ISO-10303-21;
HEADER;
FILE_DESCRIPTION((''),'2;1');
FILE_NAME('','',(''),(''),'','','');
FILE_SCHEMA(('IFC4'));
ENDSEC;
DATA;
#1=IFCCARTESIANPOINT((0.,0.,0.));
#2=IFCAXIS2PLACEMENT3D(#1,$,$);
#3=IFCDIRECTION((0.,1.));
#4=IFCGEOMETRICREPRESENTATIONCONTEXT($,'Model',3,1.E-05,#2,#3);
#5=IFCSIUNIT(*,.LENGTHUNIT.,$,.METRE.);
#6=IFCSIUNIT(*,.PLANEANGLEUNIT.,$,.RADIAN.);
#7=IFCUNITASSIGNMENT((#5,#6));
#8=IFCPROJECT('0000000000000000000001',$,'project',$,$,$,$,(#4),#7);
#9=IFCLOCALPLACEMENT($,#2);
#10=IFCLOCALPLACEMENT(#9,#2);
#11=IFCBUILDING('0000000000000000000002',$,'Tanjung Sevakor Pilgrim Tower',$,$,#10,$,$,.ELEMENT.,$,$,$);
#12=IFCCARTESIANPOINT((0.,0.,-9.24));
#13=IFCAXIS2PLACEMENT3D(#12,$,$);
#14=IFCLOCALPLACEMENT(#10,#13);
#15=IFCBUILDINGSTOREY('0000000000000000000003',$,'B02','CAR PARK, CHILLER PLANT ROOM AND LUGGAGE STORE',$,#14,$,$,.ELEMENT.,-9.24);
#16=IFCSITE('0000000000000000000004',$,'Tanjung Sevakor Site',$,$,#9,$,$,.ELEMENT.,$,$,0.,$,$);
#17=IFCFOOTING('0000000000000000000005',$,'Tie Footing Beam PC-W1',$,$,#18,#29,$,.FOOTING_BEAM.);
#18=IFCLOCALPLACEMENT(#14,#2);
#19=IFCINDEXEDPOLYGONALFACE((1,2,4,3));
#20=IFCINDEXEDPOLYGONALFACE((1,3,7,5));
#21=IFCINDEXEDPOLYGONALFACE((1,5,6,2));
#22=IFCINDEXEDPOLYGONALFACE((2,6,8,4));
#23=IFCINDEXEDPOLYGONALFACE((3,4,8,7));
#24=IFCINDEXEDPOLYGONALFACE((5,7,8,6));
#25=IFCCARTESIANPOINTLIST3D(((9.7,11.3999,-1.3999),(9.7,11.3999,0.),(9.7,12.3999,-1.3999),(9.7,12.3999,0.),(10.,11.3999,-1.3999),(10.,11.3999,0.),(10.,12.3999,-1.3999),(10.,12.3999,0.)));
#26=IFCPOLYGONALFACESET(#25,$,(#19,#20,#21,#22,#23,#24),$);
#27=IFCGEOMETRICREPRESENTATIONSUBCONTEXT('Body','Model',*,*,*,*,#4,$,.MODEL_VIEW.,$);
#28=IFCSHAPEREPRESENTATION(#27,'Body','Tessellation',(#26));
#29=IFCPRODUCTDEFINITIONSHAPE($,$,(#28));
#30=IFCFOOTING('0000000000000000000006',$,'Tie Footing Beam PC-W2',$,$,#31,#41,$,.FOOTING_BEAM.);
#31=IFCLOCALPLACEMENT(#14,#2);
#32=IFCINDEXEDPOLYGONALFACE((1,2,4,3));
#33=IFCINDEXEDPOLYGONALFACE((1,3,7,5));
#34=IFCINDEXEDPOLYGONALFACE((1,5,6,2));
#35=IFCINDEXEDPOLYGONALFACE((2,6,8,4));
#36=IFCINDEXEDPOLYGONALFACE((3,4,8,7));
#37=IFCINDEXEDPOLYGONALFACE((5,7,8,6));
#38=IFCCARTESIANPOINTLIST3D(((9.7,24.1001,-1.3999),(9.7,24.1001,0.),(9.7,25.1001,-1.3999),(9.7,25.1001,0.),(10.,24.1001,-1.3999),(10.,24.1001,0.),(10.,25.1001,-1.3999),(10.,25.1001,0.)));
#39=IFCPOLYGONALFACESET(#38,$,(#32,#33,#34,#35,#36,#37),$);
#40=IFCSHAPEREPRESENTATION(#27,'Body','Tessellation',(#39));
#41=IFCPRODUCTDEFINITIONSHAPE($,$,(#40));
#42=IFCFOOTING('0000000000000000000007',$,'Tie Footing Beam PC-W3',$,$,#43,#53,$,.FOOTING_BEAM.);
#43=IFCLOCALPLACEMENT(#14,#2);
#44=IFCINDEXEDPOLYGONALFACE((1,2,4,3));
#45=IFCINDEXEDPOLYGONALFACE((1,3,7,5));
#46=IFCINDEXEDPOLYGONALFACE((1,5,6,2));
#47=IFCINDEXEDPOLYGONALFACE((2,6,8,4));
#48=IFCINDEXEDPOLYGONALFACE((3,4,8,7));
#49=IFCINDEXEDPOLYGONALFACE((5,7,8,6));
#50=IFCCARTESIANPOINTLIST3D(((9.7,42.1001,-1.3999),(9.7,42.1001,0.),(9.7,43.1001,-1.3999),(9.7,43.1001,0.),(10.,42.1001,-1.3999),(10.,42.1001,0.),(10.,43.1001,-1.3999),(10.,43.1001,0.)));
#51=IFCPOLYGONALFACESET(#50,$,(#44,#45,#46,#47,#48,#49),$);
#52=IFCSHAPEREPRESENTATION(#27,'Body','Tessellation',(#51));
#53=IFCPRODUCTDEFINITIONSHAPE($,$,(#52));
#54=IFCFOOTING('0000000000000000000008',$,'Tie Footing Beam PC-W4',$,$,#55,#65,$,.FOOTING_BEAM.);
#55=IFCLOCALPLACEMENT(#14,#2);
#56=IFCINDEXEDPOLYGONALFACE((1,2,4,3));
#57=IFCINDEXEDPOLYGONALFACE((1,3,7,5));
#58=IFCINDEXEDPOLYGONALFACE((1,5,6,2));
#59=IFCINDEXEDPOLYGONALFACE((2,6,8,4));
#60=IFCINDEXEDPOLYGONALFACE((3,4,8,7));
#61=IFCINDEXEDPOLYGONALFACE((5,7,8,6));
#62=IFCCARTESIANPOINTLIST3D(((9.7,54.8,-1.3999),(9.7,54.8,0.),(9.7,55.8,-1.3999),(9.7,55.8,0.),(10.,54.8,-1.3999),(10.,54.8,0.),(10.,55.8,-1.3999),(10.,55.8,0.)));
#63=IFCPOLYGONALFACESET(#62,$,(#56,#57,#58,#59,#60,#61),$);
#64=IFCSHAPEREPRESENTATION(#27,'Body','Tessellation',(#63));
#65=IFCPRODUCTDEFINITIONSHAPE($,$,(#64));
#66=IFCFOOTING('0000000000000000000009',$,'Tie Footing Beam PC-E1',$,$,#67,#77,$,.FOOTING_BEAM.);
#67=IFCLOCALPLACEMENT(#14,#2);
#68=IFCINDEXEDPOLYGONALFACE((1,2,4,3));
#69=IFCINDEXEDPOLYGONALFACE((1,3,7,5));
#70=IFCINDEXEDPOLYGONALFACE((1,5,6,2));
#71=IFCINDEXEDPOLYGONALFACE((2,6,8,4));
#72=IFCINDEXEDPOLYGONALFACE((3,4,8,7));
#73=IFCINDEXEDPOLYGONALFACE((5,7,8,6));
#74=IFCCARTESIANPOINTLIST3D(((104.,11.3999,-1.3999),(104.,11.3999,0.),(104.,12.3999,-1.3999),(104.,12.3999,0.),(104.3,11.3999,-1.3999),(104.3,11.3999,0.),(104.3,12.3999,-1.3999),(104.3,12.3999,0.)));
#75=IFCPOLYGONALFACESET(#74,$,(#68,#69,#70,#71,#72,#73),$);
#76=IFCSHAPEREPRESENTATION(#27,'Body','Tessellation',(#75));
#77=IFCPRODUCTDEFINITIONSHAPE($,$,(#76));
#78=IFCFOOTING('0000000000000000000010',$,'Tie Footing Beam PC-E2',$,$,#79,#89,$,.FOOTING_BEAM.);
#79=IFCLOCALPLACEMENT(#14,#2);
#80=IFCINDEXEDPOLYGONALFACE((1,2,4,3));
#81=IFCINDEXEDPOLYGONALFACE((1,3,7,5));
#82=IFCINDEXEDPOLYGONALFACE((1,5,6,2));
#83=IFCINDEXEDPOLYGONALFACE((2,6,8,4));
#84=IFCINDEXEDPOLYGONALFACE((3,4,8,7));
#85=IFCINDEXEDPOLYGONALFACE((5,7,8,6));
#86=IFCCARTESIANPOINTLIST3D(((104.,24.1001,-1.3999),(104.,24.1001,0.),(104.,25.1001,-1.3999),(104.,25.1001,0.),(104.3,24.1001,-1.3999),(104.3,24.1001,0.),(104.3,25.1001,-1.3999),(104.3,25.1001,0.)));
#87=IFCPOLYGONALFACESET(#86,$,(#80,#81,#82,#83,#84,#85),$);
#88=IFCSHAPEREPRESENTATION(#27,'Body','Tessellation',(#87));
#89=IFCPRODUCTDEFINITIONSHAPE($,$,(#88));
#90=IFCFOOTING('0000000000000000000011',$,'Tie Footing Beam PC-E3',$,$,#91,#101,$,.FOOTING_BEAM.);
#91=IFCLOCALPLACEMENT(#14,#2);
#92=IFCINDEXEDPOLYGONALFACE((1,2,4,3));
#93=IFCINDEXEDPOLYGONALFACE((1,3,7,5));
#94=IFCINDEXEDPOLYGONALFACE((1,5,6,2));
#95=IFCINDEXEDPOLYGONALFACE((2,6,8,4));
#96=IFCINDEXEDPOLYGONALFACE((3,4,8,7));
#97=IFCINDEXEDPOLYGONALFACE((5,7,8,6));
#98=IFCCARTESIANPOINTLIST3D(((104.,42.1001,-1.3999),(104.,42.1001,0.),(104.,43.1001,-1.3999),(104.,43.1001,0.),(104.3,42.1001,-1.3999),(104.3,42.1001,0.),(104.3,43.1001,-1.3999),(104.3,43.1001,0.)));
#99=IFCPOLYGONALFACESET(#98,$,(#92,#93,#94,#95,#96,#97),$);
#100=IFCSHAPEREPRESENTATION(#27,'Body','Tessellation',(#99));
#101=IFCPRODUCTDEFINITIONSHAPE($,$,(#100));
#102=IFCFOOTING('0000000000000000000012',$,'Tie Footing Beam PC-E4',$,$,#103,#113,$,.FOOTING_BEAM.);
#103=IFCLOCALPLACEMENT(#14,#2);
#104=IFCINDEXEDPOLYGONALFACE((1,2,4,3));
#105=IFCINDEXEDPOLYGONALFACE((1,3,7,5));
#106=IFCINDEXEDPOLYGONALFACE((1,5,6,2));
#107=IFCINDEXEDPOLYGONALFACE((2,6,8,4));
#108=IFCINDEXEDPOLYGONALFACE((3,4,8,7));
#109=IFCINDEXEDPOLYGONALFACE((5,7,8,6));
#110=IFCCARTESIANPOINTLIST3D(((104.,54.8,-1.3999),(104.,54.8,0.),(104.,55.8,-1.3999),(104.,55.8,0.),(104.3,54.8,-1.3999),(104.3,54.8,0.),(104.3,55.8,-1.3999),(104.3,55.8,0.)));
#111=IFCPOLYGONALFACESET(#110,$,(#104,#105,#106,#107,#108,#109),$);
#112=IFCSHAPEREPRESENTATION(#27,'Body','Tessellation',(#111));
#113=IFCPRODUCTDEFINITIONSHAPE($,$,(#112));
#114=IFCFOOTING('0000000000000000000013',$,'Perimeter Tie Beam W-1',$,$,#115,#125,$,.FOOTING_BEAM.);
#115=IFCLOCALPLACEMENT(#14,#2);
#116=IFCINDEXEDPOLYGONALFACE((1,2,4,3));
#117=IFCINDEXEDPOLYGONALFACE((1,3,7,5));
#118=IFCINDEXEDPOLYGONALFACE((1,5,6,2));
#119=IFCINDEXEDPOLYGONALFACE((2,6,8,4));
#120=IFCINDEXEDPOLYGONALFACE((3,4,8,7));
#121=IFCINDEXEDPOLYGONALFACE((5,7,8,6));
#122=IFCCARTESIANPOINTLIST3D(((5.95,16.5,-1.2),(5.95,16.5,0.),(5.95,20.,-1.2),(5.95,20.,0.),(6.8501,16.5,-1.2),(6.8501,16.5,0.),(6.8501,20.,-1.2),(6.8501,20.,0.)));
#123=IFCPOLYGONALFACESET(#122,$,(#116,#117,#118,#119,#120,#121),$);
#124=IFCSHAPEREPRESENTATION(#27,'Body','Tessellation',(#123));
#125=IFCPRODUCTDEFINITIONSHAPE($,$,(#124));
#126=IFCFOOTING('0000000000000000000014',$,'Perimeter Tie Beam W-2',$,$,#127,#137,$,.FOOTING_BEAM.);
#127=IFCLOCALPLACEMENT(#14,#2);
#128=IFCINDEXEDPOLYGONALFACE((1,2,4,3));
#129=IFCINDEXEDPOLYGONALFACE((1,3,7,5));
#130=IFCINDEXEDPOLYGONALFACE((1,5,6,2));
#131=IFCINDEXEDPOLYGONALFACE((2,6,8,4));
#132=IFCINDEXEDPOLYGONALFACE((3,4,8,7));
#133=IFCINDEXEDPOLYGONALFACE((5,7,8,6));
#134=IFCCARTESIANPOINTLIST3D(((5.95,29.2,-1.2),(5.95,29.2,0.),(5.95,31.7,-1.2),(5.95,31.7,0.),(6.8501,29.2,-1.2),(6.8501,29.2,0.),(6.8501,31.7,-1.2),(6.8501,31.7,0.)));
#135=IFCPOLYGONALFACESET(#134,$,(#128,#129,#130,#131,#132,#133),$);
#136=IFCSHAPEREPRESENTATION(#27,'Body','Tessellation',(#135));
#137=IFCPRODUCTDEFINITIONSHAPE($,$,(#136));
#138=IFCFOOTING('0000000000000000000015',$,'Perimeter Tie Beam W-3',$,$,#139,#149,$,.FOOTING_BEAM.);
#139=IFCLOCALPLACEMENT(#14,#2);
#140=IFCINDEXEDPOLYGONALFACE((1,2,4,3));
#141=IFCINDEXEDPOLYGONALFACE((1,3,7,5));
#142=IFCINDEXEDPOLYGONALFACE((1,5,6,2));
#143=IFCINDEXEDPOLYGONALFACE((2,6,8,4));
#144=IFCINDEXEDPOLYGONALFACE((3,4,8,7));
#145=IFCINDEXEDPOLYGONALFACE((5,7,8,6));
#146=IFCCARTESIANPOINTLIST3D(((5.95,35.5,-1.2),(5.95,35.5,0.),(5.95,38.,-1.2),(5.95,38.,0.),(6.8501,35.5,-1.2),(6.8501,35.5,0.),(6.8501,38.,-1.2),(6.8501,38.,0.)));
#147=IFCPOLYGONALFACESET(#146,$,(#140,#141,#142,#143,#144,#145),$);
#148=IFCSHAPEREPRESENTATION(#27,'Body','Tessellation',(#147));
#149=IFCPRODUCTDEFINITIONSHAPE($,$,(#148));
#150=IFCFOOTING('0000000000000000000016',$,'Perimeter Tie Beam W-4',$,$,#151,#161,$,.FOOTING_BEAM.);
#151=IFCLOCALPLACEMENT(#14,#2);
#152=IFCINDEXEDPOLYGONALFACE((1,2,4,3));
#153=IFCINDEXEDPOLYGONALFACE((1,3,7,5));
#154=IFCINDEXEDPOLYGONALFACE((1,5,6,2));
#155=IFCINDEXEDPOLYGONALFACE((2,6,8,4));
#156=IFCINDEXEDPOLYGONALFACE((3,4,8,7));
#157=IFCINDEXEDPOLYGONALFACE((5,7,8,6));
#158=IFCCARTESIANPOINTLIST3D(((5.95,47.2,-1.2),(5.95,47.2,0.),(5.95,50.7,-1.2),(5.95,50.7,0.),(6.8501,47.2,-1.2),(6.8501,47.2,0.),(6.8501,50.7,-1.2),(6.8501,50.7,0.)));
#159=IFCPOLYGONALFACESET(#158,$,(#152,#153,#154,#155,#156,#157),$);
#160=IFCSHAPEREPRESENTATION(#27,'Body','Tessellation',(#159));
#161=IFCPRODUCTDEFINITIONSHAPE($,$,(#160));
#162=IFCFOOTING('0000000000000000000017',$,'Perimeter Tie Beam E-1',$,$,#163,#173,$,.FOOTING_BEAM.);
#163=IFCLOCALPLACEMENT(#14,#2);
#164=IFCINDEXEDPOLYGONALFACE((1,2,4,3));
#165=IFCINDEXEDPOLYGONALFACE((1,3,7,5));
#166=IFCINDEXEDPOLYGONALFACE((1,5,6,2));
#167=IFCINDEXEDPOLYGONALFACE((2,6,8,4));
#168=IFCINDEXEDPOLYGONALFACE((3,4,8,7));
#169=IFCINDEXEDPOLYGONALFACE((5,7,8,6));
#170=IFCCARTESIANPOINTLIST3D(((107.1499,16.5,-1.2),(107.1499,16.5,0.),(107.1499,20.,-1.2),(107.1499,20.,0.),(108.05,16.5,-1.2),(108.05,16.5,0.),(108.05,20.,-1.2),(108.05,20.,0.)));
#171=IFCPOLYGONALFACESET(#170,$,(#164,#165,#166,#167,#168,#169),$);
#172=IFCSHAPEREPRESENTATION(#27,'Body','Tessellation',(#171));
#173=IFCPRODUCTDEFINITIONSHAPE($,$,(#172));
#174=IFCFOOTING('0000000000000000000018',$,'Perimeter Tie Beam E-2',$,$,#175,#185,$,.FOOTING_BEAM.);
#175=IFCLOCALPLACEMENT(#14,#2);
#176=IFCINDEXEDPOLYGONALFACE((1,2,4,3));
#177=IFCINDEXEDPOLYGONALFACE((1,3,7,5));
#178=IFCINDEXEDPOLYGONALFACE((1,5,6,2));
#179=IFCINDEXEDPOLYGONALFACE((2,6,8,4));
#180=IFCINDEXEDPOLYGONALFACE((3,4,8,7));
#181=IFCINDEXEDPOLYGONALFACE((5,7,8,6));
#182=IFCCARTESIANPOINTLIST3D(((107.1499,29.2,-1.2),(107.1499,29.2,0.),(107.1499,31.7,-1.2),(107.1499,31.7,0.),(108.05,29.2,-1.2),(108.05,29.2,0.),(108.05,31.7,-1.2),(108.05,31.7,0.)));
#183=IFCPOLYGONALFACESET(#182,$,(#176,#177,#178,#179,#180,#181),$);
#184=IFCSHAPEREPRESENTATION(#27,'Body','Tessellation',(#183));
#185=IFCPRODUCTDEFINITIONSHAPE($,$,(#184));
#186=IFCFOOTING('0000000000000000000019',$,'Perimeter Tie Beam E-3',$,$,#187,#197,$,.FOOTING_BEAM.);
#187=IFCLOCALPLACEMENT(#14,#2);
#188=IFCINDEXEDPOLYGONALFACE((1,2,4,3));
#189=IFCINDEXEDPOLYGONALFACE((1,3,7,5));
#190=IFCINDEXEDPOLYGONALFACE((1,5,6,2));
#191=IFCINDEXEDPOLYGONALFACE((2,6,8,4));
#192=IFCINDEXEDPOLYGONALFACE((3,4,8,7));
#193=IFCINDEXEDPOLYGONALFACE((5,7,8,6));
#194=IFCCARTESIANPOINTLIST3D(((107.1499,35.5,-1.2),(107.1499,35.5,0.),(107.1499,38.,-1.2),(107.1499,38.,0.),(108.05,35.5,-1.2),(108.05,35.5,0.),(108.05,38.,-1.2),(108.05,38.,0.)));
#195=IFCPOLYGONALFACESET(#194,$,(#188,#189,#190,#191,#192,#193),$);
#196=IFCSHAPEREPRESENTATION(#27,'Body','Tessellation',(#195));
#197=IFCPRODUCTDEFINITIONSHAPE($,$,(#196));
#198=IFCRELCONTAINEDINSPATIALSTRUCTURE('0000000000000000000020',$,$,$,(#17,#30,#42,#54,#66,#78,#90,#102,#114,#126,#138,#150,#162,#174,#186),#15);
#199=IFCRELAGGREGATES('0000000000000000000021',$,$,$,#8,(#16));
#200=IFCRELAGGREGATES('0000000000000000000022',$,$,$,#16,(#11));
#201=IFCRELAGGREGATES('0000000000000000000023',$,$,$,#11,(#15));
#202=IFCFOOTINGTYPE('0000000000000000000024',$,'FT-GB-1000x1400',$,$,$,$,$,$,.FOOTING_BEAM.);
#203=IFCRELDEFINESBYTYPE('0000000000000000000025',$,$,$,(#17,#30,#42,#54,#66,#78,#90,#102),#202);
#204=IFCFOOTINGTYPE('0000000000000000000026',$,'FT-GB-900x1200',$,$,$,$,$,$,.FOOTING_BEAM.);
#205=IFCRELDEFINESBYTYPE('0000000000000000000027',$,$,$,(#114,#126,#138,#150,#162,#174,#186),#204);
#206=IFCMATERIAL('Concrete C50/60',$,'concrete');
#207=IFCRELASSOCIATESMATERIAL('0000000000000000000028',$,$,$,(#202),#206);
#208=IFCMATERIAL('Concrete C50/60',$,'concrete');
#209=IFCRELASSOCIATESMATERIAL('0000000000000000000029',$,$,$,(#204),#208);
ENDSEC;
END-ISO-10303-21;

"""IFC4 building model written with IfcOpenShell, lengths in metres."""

from ifc_helpers import new_model, si_unit, direction, frame, origin, place, context, subcontext, project, spatial, polyline, outline, extrude, material, type_object, element, save


model = new_model("IFC4")

# Units and contexts
model_context = context("Model", 3, precision=1e-05, world=origin(), true_north=direction((0.0, 1.0)))
body_context = subcontext(model_context, "Body", "Model", "MODEL_VIEW")
ifc_project = project(units=[si_unit("LENGTHUNIT", "METRE"), si_unit("PLANEANGLEUNIT", "RADIAN")], contexts=[model_context])

# Site, building, storey
site_placement = place(None, origin())
site = spatial("IfcSite", under=ifc_project, at=site_placement, Name="Tanjung Sevakor Site", CompositionType="ELEMENT", RefElevation=0.0)
building_placement = place(site_placement, origin())
building = spatial("IfcBuilding", under=site, at=building_placement, Name="Tanjung Sevakor Pilgrim Tower", CompositionType="ELEMENT")
storey_placement = place(building_placement, frame((0.0, 0.0, -9.24)))
storey = spatial("IfcBuildingStorey", under=building, at=storey_placement, Name="B02", Description="CAR PARK, CHILLER PLANT ROOM AND LUGGAGE STORE", CompositionType="ELEMENT", Elevation=-9.24)

# Footings
ifc_material_1 = material(Name="Concrete C50/60", Category="concrete")
footing_type_1 = type_object("IfcFootingType", Name="FT-GB-1000x1400", PredefinedType="FOOTING_BEAM", material=ifc_material_1)
footing_1_placement = place(storey_placement, frame((0.0, 0.0, -1.3999)))
element("IfcFooting", 1, at=footing_1_placement, inside=storey, type_object=footing_type_1, Name="Tie Footing Beam PC-W1", PredefinedType="FOOTING_BEAM", context=body_context, shape_type="SweptSolid", body=[
    extrude(outline(polyline([(9.7, 11.3999), (10.0, 11.3999), (10.0, 12.3999), (9.7, 12.3999), (9.7, 11.3999)])), origin(), (0.0, 0.0, 1.0), 1.3999),
])
footing_2_placement = place(storey_placement, frame((0.0, 0.0, -1.3999)))
element("IfcFooting", 2, at=footing_2_placement, inside=storey, type_object=footing_type_1, Name="Tie Footing Beam PC-W2", PredefinedType="FOOTING_BEAM", context=body_context, shape_type="SweptSolid", body=[
    extrude(outline(polyline([(9.7, 24.1001), (10.0, 24.1001), (10.0, 25.1001), (9.7, 25.1001), (9.7, 24.1001)])), origin(), (0.0, 0.0, 1.0), 1.3999),
])
footing_3_placement = place(storey_placement, frame((0.0, 0.0, -1.3999)))
element("IfcFooting", 3, at=footing_3_placement, inside=storey, type_object=footing_type_1, Name="Tie Footing Beam PC-W3", PredefinedType="FOOTING_BEAM", context=body_context, shape_type="SweptSolid", body=[
    extrude(outline(polyline([(9.7, 42.1001), (10.0, 42.1001), (10.0, 43.1001), (9.7, 43.1001), (9.7, 42.1001)])), origin(), (0.0, 0.0, 1.0), 1.3999),
])
footing_4_placement = place(storey_placement, frame((0.0, 0.0, -1.3999)))
element("IfcFooting", 4, at=footing_4_placement, inside=storey, type_object=footing_type_1, Name="Tie Footing Beam PC-W4", PredefinedType="FOOTING_BEAM", context=body_context, shape_type="SweptSolid", body=[
    extrude(outline(polyline([(9.7, 54.8), (10.0, 54.8), (10.0, 55.8), (9.7, 55.8), (9.7, 54.8)])), origin(), (0.0, 0.0, 1.0), 1.3999),
])
footing_5_placement = place(storey_placement, frame((0.0, 0.0, -1.3999)))
element("IfcFooting", 5, at=footing_5_placement, inside=storey, type_object=footing_type_1, Name="Tie Footing Beam PC-E1", PredefinedType="FOOTING_BEAM", context=body_context, shape_type="SweptSolid", body=[
    extrude(outline(polyline([(104.0, 11.3999), (104.3, 11.3999), (104.3, 12.3999), (104.0, 12.3999), (104.0, 11.3999)])), origin(), (0.0, 0.0, 1.0), 1.3999),
])
footing_6_placement = place(storey_placement, frame((0.0, 0.0, -1.3999)))
element("IfcFooting", 6, at=footing_6_placement, inside=storey, type_object=footing_type_1, Name="Tie Footing Beam PC-E2", PredefinedType="FOOTING_BEAM", context=body_context, shape_type="SweptSolid", body=[
    extrude(outline(polyline([(104.0, 24.1001), (104.3, 24.1001), (104.3, 25.1001), (104.0, 25.1001), (104.0, 24.1001)])), origin(), (0.0, 0.0, 1.0), 1.3999),
])
footing_7_placement = place(storey_placement, frame((0.0, 0.0, -1.3999)))
element("IfcFooting", 7, at=footing_7_placement, inside=storey, type_object=footing_type_1, Name="Tie Footing Beam PC-E3", PredefinedType="FOOTING_BEAM", context=body_context, shape_type="SweptSolid", body=[
    extrude(outline(polyline([(104.0, 42.1001), (104.3, 42.1001), (104.3, 43.1001), (104.0, 43.1001), (104.0, 42.1001)])), origin(), (0.0, 0.0, 1.0), 1.3999),
])
footing_8_placement = place(storey_placement, frame((0.0, 0.0, -1.3999)))
element("IfcFooting", 8, at=footing_8_placement, inside=storey, type_object=footing_type_1, Name="Tie Footing Beam PC-E4", PredefinedType="FOOTING_BEAM", context=body_context, shape_type="SweptSolid", body=[
    extrude(outline(polyline([(104.0, 54.8), (104.3, 54.8), (104.3, 55.8), (104.0, 55.8), (104.0, 54.8)])), origin(), (0.0, 0.0, 1.0), 1.3999),
])
ifc_material_2 = material(Name="Concrete C50/60", Category="concrete")
footing_type_2 = type_object("IfcFootingType", Name="FT-GB-900x1200", PredefinedType="FOOTING_BEAM", material=ifc_material_2)
footing_9_placement = place(storey_placement, frame((0.0, 0.0, -1.2)))
element("IfcFooting", 9, at=footing_9_placement, inside=storey, type_object=footing_type_2, Name="Perimeter Tie Beam W-1", PredefinedType="FOOTING_BEAM", context=body_context, shape_type="SweptSolid", body=[
    extrude(outline(polyline([(5.95, 16.5), (6.8501, 16.5), (6.8501, 20.0), (5.95, 20.0), (5.95, 16.5)])), origin(), (0.0, 0.0, 1.0), 1.2),
])
footing_10_placement = place(storey_placement, frame((0.0, 0.0, -1.2)))
element("IfcFooting", 10, at=footing_10_placement, inside=storey, type_object=footing_type_2, Name="Perimeter Tie Beam W-2", PredefinedType="FOOTING_BEAM", context=body_context, shape_type="SweptSolid", body=[
    extrude(outline(polyline([(5.95, 29.2), (6.8501, 29.2), (6.8501, 31.7), (5.95, 31.7), (5.95, 29.2)])), origin(), (0.0, 0.0, 1.0), 1.2),
])
footing_11_placement = place(storey_placement, frame((0.0, 0.0, -1.2)))
element("IfcFooting", 11, at=footing_11_placement, inside=storey, type_object=footing_type_2, Name="Perimeter Tie Beam W-3", PredefinedType="FOOTING_BEAM", context=body_context, shape_type="SweptSolid", body=[
    extrude(outline(polyline([(5.95, 35.5), (6.8501, 35.5), (6.8501, 38.0), (5.95, 38.0), (5.95, 35.5)])), origin(), (0.0, 0.0, 1.0), 1.2),
])
footing_12_placement = place(storey_placement, frame((0.0, 0.0, -1.2)))
element("IfcFooting", 12, at=footing_12_placement, inside=storey, type_object=footing_type_2, Name="Perimeter Tie Beam W-4", PredefinedType="FOOTING_BEAM", context=body_context, shape_type="SweptSolid", body=[
    extrude(outline(polyline([(5.95, 47.2), (6.8501, 47.2), (6.8501, 50.7), (5.95, 50.7), (5.95, 47.2)])), origin(), (0.0, 0.0, 1.0), 1.2),
])
footing_13_placement = place(storey_placement, frame((0.0, 0.0, -1.2)))
element("IfcFooting", 13, at=footing_13_placement, inside=storey, type_object=footing_type_2, Name="Perimeter Tie Beam E-1", PredefinedType="FOOTING_BEAM", context=body_context, shape_type="SweptSolid", body=[
    extrude(outline(polyline([(107.1499, 16.5), (108.05, 16.5), (108.05, 20.0), (107.1499, 20.0), (107.1499, 16.5)])), origin(), (0.0, 0.0, 1.0), 1.2),
])
footing_14_placement = place(storey_placement, frame((0.0, 0.0, -1.2)))
element("IfcFooting", 14, at=footing_14_placement, inside=storey, type_object=footing_type_2, Name="Perimeter Tie Beam E-2", PredefinedType="FOOTING_BEAM", context=body_context, shape_type="SweptSolid", body=[
    extrude(outline(polyline([(107.1499, 29.2), (108.05, 29.2), (108.05, 31.7), (107.1499, 31.7), (107.1499, 29.2)])), origin(), (0.0, 0.0, 1.0), 1.2),
])
footing_15_placement = place(storey_placement, frame((0.0, 0.0, -1.2)))
element("IfcFooting", 15, at=footing_15_placement, inside=storey, type_object=footing_type_2, Name="Perimeter Tie Beam E-3", PredefinedType="FOOTING_BEAM", context=body_context, shape_type="SweptSolid", body=[
    extrude(outline(polyline([(107.1499, 35.5), (108.05, 35.5), (108.05, 38.0), (107.1499, 38.0), (107.1499, 35.5)])), origin(), (0.0, 0.0, 1.0), 1.2),
])

save(model, "model.ifc")
